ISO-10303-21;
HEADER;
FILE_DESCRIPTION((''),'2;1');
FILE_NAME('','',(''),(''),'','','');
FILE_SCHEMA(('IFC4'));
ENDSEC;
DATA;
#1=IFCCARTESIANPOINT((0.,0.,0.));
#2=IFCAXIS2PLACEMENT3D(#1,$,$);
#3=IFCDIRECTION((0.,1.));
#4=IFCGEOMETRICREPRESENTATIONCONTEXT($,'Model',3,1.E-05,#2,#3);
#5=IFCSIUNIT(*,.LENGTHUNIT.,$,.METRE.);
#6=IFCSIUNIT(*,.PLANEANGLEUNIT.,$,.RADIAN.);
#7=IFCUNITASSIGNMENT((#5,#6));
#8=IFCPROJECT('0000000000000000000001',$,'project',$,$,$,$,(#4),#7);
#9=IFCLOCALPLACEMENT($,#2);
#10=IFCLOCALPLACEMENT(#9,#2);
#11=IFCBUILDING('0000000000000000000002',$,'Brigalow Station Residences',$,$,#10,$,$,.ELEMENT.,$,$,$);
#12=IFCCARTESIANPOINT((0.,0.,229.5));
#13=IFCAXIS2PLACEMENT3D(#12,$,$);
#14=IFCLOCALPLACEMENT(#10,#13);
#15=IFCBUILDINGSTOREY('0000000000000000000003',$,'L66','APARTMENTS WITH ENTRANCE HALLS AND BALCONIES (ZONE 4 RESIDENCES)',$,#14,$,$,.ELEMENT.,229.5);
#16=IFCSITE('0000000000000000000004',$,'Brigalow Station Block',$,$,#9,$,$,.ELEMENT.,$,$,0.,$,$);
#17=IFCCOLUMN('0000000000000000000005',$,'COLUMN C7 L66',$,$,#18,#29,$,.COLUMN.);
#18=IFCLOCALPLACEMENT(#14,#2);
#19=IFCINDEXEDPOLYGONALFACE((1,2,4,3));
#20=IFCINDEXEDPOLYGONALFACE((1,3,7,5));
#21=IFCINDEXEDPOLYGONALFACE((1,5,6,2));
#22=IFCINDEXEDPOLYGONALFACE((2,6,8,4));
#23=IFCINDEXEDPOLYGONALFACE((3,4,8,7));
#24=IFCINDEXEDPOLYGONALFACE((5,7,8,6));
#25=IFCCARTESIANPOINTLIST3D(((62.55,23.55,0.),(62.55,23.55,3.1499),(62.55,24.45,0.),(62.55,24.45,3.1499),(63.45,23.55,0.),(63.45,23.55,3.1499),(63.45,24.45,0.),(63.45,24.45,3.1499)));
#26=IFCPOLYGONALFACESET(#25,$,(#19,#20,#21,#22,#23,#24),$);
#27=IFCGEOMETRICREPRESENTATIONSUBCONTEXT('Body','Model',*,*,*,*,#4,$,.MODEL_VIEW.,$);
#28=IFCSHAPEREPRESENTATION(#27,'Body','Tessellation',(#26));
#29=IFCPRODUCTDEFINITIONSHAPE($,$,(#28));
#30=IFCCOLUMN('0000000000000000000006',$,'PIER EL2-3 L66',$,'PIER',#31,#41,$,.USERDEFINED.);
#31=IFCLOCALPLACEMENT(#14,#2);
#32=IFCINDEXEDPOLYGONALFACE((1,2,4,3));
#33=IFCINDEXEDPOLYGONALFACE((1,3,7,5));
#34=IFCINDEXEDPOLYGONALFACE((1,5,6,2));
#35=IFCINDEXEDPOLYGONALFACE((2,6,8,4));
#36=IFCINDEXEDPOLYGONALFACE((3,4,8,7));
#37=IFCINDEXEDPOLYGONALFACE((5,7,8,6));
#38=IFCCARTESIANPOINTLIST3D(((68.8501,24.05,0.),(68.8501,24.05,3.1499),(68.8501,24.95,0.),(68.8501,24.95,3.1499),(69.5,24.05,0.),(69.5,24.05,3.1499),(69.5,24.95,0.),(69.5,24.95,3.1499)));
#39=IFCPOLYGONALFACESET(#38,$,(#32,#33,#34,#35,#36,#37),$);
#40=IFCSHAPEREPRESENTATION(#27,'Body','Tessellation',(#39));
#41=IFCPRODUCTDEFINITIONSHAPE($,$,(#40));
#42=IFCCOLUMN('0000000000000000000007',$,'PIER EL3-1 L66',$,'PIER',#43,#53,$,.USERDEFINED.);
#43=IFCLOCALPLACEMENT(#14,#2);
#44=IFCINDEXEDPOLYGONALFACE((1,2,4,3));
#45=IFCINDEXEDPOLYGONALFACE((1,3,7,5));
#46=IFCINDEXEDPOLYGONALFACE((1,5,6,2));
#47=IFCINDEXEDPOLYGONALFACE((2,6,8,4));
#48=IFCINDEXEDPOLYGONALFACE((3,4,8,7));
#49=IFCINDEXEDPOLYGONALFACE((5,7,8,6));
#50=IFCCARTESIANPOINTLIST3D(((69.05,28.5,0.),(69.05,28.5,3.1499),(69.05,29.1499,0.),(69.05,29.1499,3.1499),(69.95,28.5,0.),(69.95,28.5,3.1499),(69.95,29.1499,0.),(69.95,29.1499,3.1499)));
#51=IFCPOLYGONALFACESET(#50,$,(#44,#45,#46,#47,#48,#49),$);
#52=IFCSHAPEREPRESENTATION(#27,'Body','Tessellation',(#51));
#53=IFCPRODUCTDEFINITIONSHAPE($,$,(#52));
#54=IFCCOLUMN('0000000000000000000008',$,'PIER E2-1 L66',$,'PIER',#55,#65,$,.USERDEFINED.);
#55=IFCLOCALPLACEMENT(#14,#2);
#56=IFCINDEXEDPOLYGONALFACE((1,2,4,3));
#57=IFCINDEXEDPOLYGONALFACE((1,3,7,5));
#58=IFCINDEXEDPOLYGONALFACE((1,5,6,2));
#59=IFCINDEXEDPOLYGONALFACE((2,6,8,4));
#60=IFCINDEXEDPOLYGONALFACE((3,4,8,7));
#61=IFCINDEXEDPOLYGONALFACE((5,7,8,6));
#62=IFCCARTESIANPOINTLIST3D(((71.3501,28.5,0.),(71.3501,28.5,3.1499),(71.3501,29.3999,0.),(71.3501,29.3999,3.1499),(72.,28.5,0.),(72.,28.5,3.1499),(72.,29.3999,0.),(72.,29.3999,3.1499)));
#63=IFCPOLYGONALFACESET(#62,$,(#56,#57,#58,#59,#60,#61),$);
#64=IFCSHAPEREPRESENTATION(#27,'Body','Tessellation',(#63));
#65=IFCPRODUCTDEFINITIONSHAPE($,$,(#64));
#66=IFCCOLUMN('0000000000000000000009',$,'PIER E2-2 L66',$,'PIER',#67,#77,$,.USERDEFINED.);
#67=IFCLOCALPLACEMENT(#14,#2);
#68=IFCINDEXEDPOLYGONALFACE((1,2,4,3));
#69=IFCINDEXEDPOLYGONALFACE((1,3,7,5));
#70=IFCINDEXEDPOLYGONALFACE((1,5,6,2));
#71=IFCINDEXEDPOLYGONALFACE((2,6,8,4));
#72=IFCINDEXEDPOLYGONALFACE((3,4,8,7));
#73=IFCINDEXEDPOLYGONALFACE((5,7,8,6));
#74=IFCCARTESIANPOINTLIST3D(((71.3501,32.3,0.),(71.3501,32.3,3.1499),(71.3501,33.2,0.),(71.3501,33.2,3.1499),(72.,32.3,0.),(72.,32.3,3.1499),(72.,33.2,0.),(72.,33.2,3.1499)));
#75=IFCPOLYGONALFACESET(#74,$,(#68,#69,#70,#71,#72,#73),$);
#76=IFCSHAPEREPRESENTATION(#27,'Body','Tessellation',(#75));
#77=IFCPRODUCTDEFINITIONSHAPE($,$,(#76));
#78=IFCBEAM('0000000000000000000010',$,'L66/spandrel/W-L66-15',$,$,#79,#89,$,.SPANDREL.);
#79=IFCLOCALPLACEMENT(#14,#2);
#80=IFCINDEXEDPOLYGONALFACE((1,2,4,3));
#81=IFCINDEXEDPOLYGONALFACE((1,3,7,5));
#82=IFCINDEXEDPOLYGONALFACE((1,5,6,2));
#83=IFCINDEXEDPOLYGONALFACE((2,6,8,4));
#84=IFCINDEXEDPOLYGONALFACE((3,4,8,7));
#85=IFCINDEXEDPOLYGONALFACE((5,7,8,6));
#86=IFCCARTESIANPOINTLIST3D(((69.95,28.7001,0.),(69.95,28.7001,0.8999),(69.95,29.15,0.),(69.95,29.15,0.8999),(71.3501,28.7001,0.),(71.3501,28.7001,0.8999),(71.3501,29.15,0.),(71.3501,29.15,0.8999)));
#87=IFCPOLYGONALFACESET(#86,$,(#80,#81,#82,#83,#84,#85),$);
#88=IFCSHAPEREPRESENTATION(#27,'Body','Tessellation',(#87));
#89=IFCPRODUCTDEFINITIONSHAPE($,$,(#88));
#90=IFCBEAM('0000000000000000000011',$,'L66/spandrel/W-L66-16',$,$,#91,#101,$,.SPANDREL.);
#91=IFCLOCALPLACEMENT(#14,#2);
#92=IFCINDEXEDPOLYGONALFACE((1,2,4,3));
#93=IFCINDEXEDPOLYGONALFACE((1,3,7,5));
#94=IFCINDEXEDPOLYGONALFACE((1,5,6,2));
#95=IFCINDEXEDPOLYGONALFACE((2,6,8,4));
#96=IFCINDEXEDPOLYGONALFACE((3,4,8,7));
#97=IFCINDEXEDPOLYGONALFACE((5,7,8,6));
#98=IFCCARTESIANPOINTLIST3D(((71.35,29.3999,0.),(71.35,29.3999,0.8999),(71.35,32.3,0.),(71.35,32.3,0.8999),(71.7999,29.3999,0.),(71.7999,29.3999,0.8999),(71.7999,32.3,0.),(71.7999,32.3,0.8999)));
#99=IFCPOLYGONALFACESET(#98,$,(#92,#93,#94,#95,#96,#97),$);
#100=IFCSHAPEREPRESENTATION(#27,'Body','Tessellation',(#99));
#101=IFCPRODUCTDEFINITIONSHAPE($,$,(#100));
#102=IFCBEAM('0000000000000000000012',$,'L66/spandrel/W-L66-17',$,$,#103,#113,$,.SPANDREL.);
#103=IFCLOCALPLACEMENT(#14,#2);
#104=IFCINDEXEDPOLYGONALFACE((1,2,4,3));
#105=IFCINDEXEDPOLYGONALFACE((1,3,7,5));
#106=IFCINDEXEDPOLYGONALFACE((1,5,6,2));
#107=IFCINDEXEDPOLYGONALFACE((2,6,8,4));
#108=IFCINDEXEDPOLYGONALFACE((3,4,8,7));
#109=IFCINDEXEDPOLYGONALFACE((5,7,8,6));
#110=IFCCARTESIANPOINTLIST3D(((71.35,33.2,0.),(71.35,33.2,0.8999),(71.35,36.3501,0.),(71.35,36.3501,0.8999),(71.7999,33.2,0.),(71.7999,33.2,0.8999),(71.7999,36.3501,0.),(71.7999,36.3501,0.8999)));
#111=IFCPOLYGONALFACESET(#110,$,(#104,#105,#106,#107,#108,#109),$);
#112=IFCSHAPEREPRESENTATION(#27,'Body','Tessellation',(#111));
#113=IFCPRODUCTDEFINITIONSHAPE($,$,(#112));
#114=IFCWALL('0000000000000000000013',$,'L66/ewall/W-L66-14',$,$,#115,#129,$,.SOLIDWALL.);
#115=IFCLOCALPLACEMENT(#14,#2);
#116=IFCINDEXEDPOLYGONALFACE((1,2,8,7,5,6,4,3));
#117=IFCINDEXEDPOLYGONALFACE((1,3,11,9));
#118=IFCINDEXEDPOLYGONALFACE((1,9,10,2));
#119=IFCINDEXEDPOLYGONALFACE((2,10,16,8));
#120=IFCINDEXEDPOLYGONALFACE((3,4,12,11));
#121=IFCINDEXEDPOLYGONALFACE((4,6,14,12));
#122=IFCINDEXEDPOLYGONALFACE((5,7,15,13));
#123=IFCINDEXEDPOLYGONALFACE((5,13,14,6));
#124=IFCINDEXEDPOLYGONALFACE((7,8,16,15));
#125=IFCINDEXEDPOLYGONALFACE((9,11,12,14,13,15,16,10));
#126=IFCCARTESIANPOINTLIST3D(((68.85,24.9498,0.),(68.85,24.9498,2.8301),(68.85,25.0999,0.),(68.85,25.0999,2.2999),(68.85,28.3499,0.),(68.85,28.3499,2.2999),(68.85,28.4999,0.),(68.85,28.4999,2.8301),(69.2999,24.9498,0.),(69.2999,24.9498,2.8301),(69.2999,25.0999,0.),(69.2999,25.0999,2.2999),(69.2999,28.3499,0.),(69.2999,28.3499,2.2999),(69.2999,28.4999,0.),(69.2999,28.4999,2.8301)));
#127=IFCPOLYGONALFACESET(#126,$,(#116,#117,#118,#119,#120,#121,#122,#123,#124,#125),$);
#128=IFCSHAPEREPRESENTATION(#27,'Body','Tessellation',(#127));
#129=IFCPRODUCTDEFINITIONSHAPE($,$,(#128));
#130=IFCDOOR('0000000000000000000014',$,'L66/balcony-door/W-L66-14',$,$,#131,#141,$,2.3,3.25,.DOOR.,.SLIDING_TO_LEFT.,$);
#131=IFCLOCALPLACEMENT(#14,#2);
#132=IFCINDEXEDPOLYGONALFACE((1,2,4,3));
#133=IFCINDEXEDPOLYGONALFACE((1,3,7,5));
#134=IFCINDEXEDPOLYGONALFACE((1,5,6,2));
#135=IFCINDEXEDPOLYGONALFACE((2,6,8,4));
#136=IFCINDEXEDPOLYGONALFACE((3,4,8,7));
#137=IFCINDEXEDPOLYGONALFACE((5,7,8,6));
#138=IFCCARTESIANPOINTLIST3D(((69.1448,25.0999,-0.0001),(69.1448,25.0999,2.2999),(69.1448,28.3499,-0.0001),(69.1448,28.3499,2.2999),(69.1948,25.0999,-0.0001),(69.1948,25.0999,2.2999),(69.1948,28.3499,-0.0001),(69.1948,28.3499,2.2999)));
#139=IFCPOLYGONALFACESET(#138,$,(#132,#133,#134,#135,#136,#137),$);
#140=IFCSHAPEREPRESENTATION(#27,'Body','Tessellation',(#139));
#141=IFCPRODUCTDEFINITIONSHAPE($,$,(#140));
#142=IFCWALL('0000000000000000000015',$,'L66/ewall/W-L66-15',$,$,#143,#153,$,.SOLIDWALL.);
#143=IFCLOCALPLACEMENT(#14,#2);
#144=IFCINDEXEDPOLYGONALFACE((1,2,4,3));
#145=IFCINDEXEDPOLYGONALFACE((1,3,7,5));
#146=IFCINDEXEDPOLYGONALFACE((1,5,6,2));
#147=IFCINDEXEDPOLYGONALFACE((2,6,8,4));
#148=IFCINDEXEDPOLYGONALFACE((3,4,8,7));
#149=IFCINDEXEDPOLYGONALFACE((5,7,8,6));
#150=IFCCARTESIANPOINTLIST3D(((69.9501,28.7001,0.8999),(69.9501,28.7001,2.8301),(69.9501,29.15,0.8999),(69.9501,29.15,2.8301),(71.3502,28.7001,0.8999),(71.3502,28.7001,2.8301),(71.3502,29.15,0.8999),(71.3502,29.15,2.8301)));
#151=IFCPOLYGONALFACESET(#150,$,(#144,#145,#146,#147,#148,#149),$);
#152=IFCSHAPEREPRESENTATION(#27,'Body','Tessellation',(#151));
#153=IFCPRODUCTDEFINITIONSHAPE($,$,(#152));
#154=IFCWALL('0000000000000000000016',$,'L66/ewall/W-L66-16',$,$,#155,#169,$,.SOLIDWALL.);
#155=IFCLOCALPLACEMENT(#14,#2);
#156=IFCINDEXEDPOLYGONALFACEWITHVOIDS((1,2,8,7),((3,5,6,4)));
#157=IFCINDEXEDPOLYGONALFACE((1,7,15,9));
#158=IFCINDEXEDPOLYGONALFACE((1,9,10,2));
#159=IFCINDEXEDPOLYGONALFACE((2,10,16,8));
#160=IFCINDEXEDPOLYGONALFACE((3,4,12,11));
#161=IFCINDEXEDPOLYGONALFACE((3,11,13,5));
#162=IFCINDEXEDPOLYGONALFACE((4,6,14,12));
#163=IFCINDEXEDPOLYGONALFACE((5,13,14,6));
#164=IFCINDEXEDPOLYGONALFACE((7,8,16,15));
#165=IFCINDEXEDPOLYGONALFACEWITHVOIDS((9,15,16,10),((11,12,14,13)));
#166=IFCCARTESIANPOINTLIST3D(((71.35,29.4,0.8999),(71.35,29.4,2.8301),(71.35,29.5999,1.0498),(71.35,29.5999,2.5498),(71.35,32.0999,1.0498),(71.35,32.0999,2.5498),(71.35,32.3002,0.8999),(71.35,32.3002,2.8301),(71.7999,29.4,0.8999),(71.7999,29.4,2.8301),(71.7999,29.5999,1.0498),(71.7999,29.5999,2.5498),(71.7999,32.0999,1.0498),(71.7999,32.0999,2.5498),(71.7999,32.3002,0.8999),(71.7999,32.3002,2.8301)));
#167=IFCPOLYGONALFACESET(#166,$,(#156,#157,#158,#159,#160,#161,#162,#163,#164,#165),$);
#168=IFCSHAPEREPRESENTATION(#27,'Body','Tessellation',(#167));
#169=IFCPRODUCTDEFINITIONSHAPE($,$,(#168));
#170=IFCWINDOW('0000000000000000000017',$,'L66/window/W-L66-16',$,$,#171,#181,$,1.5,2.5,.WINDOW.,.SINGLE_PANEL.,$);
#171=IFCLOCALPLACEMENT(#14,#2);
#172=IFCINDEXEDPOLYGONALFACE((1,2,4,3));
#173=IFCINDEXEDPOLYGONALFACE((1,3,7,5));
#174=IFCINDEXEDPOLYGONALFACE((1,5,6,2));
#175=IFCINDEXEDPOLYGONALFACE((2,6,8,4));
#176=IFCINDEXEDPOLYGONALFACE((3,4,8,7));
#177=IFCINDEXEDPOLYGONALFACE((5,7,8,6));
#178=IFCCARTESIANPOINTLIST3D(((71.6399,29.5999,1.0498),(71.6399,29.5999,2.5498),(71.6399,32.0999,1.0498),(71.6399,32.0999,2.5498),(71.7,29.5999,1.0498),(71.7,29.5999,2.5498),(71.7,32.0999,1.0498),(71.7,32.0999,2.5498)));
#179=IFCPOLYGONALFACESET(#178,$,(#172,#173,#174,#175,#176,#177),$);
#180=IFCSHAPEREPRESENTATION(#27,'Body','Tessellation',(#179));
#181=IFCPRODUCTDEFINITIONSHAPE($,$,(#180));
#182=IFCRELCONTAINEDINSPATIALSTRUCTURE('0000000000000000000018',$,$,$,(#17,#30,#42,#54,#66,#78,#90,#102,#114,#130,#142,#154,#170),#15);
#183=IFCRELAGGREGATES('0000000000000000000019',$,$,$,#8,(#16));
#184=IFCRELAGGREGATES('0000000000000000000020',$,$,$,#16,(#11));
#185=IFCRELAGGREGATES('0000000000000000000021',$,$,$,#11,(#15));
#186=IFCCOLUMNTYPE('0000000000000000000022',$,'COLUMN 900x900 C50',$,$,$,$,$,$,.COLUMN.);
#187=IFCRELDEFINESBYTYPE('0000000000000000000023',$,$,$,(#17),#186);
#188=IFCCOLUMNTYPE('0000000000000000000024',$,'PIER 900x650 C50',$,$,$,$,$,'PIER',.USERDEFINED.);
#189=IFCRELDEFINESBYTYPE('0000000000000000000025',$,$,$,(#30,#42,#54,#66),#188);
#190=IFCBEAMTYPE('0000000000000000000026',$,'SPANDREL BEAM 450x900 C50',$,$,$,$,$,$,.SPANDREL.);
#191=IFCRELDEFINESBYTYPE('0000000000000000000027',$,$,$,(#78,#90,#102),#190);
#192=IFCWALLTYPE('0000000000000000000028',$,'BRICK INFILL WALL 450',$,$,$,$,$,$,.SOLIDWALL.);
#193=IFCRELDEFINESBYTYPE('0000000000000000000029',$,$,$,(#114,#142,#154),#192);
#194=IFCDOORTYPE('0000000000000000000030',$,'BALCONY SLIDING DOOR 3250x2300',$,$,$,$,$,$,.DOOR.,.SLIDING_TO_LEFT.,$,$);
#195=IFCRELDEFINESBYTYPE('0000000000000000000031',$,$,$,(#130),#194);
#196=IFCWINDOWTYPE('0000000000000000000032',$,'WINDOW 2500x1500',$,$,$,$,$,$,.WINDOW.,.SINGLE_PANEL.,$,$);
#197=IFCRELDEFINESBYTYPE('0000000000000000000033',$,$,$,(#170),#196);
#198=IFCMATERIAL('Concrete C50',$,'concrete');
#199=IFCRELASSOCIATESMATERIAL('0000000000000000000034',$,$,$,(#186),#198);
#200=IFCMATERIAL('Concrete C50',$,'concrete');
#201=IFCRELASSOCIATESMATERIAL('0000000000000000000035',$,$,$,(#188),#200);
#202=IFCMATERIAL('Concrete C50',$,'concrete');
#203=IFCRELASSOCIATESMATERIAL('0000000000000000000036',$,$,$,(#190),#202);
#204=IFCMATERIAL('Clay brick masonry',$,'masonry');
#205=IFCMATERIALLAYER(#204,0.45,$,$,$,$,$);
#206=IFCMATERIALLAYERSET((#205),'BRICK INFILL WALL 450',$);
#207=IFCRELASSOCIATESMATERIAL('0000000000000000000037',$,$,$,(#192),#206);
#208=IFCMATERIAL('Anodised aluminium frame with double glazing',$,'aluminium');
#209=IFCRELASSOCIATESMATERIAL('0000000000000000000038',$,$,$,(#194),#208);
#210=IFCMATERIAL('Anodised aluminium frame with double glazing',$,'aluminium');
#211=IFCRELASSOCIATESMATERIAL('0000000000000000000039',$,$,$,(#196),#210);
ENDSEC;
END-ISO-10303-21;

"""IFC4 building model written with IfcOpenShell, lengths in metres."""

from ifc_helpers import new_model, si_unit, direction, frame, frame_2d, origin, origin_2d, place, context, subcontext, project, spatial, rectangle, extrude, material, layer, layer_set, material_profile, profile_set, type_object, element, fill, save


model = new_model("IFC4")

# Units and contexts
model_context = context("Model", 3, precision=1e-05, world=origin(), true_north=direction((0.0, 1.0)))
body_context = subcontext(model_context, "Body", "Model", "MODEL_VIEW")
ifc_project = project(units=[si_unit("LENGTHUNIT", "METRE"), si_unit("PLANEANGLEUNIT", "RADIAN")], contexts=[model_context])

# Site, building, storey
site_placement = place(None, origin())
site = spatial("IfcSite", under=ifc_project, at=site_placement, Name="Brigalow Station Block", CompositionType="ELEMENT", RefElevation=0.0)
building_placement = place(site_placement, origin())
building = spatial("IfcBuilding", under=site, at=building_placement, Name="Brigalow Station Residences", CompositionType="ELEMENT")
storey_placement = place(building_placement, frame((0.0, 0.0, 229.5)))
storey = spatial("IfcBuildingStorey", under=building, at=storey_placement, Name="L66", Description="APARTMENTS WITH ENTRANCE HALLS AND BALCONIES (ZONE 4 RESIDENCES)", CompositionType="ELEMENT", Elevation=229.5)

# Columns
ifc_material_1 = material(Name="Concrete C50", Category="concrete")
ifc_material_profile_1 = material_profile(ifc_material_1, rectangle(XDim=0.8999, YDim=0.8999, at=origin_2d()), Name="RC900x900")
ifc_profile_set_1 = profile_set([ifc_material_profile_1], Name="Concrete C50")
column_type_1 = type_object("IfcColumnType", Name="COLUMN 900x900 C50", PredefinedType="COLUMN", material=ifc_profile_set_1)
column_placement = place(storey_placement, frame((63.0, 24.0, 0.0), z_axis=(0.0, 0.0, 1.0), x_axis=(1.0, 0.0, 0.0)))
element("IfcColumn", 1, at=column_placement, inside=storey, type_object=column_type_1, Name="COLUMN C7 L66", PredefinedType="COLUMN", context=body_context, shape_type="SweptSolid", body=[
    extrude(rectangle(XDim=0.8999, YDim=0.8999, at=origin_2d()), origin(), (0.0, 0.0, 1.0), 3.1499),
])
ifc_material_2 = material(Name="Concrete C50", Category="concrete")
ifc_material_profile_2 = material_profile(ifc_material_2, rectangle(XDim=0.8999, YDim=0.6499, at=origin_2d()), Name="RC900x650")
ifc_profile_set_2 = profile_set([ifc_material_profile_2], Name="Concrete C50")
column_type_2 = type_object("IfcColumnType", Name="PIER 900x650 C50", ElementType="PIER", PredefinedType="USERDEFINED", material=ifc_profile_set_2)
for number, where, z_axis, x_axis, name in (
    (2, (69.175, 24.5, 0.0), (0.0, 0.0, 1.0), (0.0, 1.0, 0.0), "PIER EL2-3 L66"),
    (3, (69.5, 28.825, 0.0), (0.0, 0.0, 1.0), (1.0, 0.0, 0.0), "PIER EL3-1 L66"),
    (4, (71.675, 28.95, 0.0), (0.0, 0.0, 1.0), (0.0, 1.0, 0.0), "PIER E2-1 L66"),
    (5, (71.675, 32.75, 0.0), (0.0, 0.0, 1.0), (0.0, 1.0, 0.0), "PIER E2-2 L66"),
):
    element("IfcColumn", number, at=place(storey_placement, frame(where, z_axis=z_axis, x_axis=x_axis)), inside=storey, type_object=column_type_2, Name=name, ObjectType="PIER", PredefinedType="USERDEFINED", context=body_context, shape_type="SweptSolid", body=[
        extrude(rectangle(XDim=0.8999, YDim=0.6499, at=origin_2d()), origin(), (0.0, 0.0, 1.0), 3.1499),
    ])

# Beams
ifc_material_3 = material(Name="Concrete C50", Category="concrete")
ifc_material_profile_3 = material_profile(ifc_material_3, rectangle(XDim=0.45, YDim=0.8999, at=origin_2d()), Name="RC450x900")
ifc_profile_set_3 = profile_set([ifc_material_profile_3], Name="Concrete C50")
beam_type = type_object("IfcBeamType", Name="SPANDREL BEAM 450x900 C50", PredefinedType="SPANDREL", material=ifc_profile_set_3)
beam_1_placement = place(storey_placement, frame((69.95, 28.925, 0.45), z_axis=(1.0, 0.0, 0.0), x_axis=(0.0, 1.0, 0.0)))
element("IfcBeam", 6, at=beam_1_placement, inside=storey, type_object=beam_type, Name="L66/spandrel/W-L66-15", PredefinedType="SPANDREL", context=body_context, shape_type="SweptSolid", body=[
    extrude(rectangle(XDim=0.45, YDim=0.8999, at=origin_2d()), origin(), (0.0, 0.0, 1.0), 1.4001),
])
beam_2_placement = place(storey_placement, frame((71.575, 29.3999, 0.45), z_axis=(0.0, 1.0, 0.0), x_axis=(-1.0, 0.0, 0.0)))
element("IfcBeam", 7, at=beam_2_placement, inside=storey, type_object=beam_type, Name="L66/spandrel/W-L66-16", PredefinedType="SPANDREL", context=body_context, shape_type="SweptSolid", body=[
    extrude(rectangle(XDim=0.45, YDim=0.8999, at=origin_2d()), origin(), (0.0, 0.0, 1.0), 2.9001),
])
beam_3_placement = place(storey_placement, frame((71.575, 33.2, 0.45), z_axis=(0.0, 1.0, 0.0), x_axis=(-1.0, 0.0, 0.0)))
element("IfcBeam", 8, at=beam_3_placement, inside=storey, type_object=beam_type, Name="L66/spandrel/W-L66-17", PredefinedType="SPANDREL", context=body_context, shape_type="SweptSolid", body=[
    extrude(rectangle(XDim=0.45, YDim=0.8999, at=origin_2d()), origin(), (0.0, 0.0, 1.0), 3.1501),
])

# Wall, opening, door
ifc_material_4 = material(Name="Clay brick masonry", Category="masonry")
ifc_layer_1 = layer(ifc_material_4, 0.45)
ifc_layer_set_1 = layer_set([ifc_layer_1], Name="BRICK INFILL WALL 450")
wall_type_1 = type_object("IfcWallType", Name="BRICK INFILL WALL 450", PredefinedType="SOLIDWALL", material=ifc_layer_set_1)
wall_1_placement = place(storey_placement, frame((69.075, 24.95, 0.0), z_axis=(0.0, 0.0, 1.0), x_axis=(0.0, 1.0, 0.0)))
wall_1 = element("IfcWall", 9, at=wall_1_placement, inside=storey, type_object=wall_type_1, Name="L66/ewall/W-L66-14", PredefinedType="SOLIDWALL", context=body_context, shape_type="SweptSolid", body=[
    extrude(rectangle(XDim=3.55, YDim=0.45, at=frame_2d((1.7749, 0.0))), origin(), (0.0, 0.0, 1.0), 2.8301),
])
opening_1_placement = place(wall_1_placement, frame((0.1499, 0.0, 0.0)))
opening_1 = element("IfcOpeningElement", 10, at=opening_1_placement, cuts=wall_1, PredefinedType="OPENING", context=body_context, shape_type="SweptSolid", body=[
    extrude(rectangle(XDim=3.25, YDim=2.3, at=frame_2d((1.625, 1.1499))), frame((0.0, 0.2349, 0.0), z_axis=(0.0, -1.0, 0.0), x_axis=(1.0, 0.0, 0.0)), (0.0, 0.0, 1.0), 0.47),
])
ifc_material_5 = material(Name="Anodised aluminium frame with double glazing", Category="aluminium")
door_type_1 = type_object("IfcDoorType", Name="BALCONY SLIDING DOOR 3250x2300", OperationType="SLIDING_TO_LEFT", PredefinedType="DOOR", material=ifc_material_5)
door_1_placement = place(opening_1_placement, origin())
door_1 = element("IfcDoor", 11, at=door_1_placement, inside=storey, type_object=door_type_1, Name="L66/balcony-door/W-L66-14", OperationType="SLIDING_TO_LEFT", OverallHeight=2.3, OverallWidth=3.25, PredefinedType="DOOR", context=body_context, shape_type="SweptSolid", body=[
    extrude(rectangle(XDim=3.25, YDim=2.3, at=frame_2d((1.625, 1.1499))), frame((0.0, -0.0698, 0.0), z_axis=(0.0, -1.0, 0.0), x_axis=(1.0, 0.0, 0.0)), (0.0, 0.0, 1.0), 0.05),
])
fill(opening_1, door_1)

# Wall
wall_2_placement = place(storey_placement, frame((69.95, 28.925, 0.8999), z_axis=(0.0, 0.0, 1.0), x_axis=(1.0, 0.0, 0.0)))
element("IfcWall", 12, at=wall_2_placement, inside=storey, type_object=wall_type_1, Name="L66/ewall/W-L66-15", PredefinedType="SOLIDWALL", context=body_context, shape_type="SweptSolid", body=[
    extrude(rectangle(XDim=1.4001, YDim=0.45, at=frame_2d((0.7002, 0.0))), origin(), (0.0, 0.0, 1.0), 1.9302),
])

# Wall, opening, window
wall_3_placement = place(storey_placement, frame((71.575, 29.3999, 0.8999), z_axis=(0.0, 0.0, 1.0), x_axis=(0.0, 1.0, 0.0)))
wall_3 = element("IfcWall", 13, at=wall_3_placement, inside=storey, type_object=wall_type_1, Name="L66/ewall/W-L66-16", PredefinedType="SOLIDWALL", context=body_context, shape_type="SweptSolid", body=[
    extrude(rectangle(XDim=2.9001, YDim=0.45, at=frame_2d((1.4502, 0.0))), origin(), (0.0, 0.0, 1.0), 1.9302),
])
opening_2_placement = place(wall_3_placement, frame((0.2, 0.0, 0.1499)))
opening_2 = element("IfcOpeningElement", 14, at=opening_2_placement, cuts=wall_3, PredefinedType="OPENING", context=body_context, shape_type="SweptSolid", body=[
    extrude(rectangle(XDim=2.5, YDim=1.5, at=frame_2d((1.25, 0.75))), frame((0.0, 0.2349, 0.0), z_axis=(0.0, -1.0, 0.0), x_axis=(1.0, 0.0, 0.0)), (0.0, 0.0, 1.0), 0.47),
])
ifc_material_6 = material(Name="Anodised aluminium frame with double glazing", Category="aluminium")
window_type = type_object("IfcWindowType", Name="WINDOW 2500x1500", PartitioningType="SINGLE_PANEL", PredefinedType="WINDOW", material=ifc_material_6)
window_placement = place(opening_2_placement, origin())
window = element("IfcWindow", 15, at=window_placement, inside=storey, type_object=window_type, Name="L66/window/W-L66-16", OverallHeight=1.5, OverallWidth=2.5, PartitioningType="SINGLE_PANEL", PredefinedType="WINDOW", context=body_context, shape_type="SweptSolid", body=[
    extrude(rectangle(XDim=2.5, YDim=1.5, at=frame_2d((1.25, 0.75))), frame((0.0, -0.0649, 0.0), z_axis=(0.0, -1.0, 0.0), x_axis=(1.0, 0.0, 0.0)), (0.0, 0.0, 1.0), 0.0601),
])
fill(opening_2, window)

save(model, "model.ifc")
